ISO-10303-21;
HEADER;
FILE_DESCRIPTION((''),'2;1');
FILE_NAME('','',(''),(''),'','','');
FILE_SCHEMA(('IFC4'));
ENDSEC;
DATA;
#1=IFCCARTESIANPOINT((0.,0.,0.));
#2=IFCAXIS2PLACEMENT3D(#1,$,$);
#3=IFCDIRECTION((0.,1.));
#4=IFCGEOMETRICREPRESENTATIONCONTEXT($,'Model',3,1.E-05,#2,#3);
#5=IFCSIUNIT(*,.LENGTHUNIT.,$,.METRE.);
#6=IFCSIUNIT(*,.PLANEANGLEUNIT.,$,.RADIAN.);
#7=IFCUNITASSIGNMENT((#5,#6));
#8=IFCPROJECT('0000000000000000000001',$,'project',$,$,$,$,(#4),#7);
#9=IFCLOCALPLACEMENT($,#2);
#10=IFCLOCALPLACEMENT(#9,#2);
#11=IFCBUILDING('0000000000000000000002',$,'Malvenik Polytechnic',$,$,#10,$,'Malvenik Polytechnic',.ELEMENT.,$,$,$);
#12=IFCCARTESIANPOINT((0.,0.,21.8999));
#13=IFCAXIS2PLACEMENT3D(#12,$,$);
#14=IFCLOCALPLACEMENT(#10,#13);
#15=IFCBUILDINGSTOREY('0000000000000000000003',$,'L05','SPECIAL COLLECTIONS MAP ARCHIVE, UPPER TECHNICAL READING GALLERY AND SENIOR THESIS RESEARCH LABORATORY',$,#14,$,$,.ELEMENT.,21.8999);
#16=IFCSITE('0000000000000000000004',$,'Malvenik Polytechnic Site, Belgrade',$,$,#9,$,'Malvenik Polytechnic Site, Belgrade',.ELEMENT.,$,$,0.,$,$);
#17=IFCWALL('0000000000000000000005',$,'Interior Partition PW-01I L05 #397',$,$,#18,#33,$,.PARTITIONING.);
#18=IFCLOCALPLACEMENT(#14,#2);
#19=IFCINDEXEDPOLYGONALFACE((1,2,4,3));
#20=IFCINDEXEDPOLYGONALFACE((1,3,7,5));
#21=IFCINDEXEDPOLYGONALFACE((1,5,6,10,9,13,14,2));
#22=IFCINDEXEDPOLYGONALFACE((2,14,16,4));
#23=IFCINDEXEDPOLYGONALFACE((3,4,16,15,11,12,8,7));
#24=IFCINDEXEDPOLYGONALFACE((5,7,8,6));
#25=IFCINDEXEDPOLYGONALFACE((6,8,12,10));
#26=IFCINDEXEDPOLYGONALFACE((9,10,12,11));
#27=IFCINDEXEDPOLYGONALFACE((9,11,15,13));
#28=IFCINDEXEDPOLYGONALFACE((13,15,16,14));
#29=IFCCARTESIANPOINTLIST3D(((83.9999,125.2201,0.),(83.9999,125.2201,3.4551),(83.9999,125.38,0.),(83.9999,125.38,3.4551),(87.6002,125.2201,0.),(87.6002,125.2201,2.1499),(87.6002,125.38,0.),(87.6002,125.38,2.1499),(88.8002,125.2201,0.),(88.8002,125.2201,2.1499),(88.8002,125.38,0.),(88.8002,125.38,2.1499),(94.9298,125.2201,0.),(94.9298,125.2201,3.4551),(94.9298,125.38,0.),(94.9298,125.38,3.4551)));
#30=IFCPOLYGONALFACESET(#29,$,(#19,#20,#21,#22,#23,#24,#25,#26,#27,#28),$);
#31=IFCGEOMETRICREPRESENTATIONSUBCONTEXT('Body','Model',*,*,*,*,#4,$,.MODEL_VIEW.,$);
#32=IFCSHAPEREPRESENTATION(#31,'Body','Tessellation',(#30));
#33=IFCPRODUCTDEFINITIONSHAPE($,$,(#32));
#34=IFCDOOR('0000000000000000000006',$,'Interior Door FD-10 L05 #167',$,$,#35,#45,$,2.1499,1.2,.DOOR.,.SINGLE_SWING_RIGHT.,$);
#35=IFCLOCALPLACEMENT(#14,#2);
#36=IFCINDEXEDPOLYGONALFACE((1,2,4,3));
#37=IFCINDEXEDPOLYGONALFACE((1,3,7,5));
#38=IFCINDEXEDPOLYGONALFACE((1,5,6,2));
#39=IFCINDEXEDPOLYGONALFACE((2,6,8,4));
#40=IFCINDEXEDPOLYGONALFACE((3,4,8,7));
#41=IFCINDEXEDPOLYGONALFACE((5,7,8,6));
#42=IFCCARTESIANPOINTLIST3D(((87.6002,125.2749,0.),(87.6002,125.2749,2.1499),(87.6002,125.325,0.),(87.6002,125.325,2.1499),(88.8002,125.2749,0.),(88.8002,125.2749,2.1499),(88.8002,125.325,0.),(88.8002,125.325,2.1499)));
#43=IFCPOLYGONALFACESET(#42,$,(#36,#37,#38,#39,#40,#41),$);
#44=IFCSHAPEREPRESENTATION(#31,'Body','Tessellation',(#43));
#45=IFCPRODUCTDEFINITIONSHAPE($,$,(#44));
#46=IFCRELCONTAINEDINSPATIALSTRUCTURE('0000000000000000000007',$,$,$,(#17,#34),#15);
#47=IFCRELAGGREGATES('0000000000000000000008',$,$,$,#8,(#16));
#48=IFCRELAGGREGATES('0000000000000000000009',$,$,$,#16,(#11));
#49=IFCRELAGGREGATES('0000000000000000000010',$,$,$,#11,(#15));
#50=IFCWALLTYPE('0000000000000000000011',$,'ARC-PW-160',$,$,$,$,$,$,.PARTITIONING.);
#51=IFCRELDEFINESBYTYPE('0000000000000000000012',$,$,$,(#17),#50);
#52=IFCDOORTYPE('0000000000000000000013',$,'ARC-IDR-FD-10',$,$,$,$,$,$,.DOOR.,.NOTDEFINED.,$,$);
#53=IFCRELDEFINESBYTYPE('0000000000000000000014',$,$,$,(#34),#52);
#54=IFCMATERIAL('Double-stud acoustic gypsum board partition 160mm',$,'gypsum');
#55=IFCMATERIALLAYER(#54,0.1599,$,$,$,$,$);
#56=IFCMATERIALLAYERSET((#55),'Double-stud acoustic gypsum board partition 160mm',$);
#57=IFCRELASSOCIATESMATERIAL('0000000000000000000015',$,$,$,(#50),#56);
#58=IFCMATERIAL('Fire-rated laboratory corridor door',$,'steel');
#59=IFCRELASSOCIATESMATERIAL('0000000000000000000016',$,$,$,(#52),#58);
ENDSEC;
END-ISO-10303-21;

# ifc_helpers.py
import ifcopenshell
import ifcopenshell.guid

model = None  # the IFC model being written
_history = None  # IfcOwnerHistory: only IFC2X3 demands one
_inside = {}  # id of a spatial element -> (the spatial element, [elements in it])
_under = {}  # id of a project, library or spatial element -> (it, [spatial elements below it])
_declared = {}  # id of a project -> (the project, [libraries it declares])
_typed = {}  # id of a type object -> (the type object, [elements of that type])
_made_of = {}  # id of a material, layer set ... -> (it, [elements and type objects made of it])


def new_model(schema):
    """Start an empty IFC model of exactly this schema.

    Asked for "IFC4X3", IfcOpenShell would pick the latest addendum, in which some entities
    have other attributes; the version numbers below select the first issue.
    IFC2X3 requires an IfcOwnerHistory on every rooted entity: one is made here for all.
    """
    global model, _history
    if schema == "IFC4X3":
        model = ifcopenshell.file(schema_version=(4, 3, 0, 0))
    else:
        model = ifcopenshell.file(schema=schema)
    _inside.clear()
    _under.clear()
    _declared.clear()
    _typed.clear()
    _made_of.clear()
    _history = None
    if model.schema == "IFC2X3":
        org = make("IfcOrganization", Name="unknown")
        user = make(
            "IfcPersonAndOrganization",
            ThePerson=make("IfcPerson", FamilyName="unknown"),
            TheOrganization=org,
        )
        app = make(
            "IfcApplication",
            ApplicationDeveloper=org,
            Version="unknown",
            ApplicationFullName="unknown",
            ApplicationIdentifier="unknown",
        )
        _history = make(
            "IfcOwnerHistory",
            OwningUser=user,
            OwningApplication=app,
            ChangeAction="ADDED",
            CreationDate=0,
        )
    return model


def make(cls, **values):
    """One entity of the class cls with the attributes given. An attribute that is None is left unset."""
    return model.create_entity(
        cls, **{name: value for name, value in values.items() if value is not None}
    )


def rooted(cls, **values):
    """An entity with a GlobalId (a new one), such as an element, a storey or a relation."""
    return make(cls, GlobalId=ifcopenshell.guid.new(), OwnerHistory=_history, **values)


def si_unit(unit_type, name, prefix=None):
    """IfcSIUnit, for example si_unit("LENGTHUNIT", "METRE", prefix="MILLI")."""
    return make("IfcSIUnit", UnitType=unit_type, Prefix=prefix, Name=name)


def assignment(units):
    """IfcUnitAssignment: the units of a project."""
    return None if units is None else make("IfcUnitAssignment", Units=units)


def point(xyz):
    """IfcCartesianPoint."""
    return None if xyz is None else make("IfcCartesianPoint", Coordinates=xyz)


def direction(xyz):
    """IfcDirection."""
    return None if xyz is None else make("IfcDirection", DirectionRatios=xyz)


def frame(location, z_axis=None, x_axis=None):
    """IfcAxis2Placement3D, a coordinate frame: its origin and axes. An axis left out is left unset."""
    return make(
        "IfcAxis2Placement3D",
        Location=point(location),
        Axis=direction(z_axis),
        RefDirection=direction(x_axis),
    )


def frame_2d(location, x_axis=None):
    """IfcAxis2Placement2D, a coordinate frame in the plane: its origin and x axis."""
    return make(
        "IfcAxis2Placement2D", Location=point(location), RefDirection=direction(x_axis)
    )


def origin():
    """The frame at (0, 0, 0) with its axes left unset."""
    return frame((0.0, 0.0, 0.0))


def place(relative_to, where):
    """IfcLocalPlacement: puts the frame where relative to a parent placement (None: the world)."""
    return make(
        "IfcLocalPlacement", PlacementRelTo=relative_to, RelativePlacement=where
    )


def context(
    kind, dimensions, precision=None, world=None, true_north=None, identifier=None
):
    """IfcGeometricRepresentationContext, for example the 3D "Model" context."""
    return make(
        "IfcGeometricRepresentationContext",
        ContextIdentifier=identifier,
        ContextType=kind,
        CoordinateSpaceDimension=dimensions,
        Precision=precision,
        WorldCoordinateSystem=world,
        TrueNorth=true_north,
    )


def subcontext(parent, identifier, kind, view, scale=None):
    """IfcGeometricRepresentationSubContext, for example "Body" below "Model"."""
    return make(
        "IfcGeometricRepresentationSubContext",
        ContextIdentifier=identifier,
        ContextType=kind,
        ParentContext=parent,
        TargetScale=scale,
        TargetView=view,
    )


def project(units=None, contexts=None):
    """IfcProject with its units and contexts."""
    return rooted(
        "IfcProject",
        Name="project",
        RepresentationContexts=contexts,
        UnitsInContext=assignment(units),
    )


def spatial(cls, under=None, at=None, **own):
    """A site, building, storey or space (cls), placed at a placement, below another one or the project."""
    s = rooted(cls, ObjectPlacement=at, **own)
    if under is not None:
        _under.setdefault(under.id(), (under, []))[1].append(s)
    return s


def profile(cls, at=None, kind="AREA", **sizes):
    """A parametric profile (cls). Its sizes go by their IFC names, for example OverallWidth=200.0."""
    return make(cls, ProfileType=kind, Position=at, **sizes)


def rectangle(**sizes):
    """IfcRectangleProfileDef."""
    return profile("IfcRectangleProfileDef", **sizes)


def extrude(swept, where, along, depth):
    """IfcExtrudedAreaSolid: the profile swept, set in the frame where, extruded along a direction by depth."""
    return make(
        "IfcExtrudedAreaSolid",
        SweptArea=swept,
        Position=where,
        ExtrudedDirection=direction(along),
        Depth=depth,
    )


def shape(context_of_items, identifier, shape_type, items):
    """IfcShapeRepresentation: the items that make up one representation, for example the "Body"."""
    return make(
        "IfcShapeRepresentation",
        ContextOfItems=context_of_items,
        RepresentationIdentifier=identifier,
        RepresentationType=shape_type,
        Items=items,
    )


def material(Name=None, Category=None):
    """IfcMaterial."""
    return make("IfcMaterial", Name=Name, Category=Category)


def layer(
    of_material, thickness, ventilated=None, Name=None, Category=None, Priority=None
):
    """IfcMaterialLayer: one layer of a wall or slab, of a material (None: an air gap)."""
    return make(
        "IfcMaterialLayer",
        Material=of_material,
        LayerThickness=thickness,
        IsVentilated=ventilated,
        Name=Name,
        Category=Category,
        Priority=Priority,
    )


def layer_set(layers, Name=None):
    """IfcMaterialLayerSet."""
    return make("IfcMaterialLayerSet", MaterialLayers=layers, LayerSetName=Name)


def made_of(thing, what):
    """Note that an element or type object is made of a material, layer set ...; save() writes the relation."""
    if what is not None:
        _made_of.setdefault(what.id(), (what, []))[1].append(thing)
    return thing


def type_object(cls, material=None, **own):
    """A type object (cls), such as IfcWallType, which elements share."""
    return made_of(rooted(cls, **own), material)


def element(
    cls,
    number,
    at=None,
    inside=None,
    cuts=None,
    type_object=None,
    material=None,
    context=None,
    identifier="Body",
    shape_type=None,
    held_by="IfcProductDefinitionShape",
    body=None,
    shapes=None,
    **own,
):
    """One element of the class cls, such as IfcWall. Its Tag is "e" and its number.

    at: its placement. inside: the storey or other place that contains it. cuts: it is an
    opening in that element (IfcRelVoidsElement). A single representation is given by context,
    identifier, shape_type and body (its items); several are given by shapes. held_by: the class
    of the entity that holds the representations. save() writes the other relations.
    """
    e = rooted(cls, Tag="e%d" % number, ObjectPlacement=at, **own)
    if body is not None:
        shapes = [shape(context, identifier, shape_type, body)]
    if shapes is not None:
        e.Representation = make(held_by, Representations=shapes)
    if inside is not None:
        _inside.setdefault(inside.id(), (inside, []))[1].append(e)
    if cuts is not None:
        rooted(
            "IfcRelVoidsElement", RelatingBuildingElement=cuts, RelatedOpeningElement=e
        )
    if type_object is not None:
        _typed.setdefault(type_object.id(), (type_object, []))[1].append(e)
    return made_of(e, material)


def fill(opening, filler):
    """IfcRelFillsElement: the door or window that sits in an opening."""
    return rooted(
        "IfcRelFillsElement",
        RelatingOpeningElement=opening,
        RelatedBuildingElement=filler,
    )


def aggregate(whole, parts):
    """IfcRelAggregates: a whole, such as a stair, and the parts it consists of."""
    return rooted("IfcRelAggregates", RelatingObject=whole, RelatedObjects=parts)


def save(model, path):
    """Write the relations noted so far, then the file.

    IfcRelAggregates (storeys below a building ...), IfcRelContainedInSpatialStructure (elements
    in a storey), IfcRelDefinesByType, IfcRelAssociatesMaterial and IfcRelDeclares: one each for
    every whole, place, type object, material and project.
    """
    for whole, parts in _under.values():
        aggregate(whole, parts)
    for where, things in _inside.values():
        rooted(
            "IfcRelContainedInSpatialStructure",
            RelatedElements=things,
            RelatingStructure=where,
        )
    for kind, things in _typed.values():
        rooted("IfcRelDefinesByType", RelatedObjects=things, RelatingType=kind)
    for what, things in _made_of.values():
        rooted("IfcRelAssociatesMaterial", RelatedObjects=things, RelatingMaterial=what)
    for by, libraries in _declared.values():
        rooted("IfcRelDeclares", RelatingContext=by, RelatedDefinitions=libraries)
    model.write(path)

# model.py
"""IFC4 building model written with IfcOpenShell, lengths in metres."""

from ifc_helpers import new_model, si_unit, direction, frame, frame_2d, origin, place, context, subcontext, project, spatial, rectangle, extrude, material, layer, layer_set, type_object, element, fill, save


model = new_model("IFC4")

# Units and contexts
model_context = context("Model", 3, precision=1e-05, world=origin(), true_north=direction((0.0, 1.0)))
body_context = subcontext(model_context, "Body", "Model", "MODEL_VIEW")
ifc_project = project(units=[si_unit("LENGTHUNIT", "METRE"), si_unit("PLANEANGLEUNIT", "RADIAN")], contexts=[model_context])

# Site, building, storey
site_placement = place(None, origin())
site = spatial("IfcSite", under=ifc_project, at=site_placement, Name="Malvenik Polytechnic Site, Belgrade", LongName="Malvenik Polytechnic Site, Belgrade", CompositionType="ELEMENT", RefElevation=0.0)
building_placement = place(site_placement, origin())
building = spatial("IfcBuilding", under=site, at=building_placement, Name="Malvenik Polytechnic", LongName="Malvenik Polytechnic", CompositionType="ELEMENT")
storey_placement = place(building_placement, frame((0.0, 0.0, 21.8999)))
storey = spatial("IfcBuildingStorey", under=building, at=storey_placement, Name="L05", Description="SPECIAL COLLECTIONS MAP ARCHIVE, UPPER TECHNICAL READING GALLERY AND SENIOR THESIS RESEARCH LABORATORY", CompositionType="ELEMENT", Elevation=21.8999)

# Wall, opening, door
ifc_material_1 = material(Name="Double-stud acoustic gypsum board partition 160mm", Category="gypsum")
ifc_layer_1 = layer(ifc_material_1, 0.1599)
ifc_layer_set_1 = layer_set([ifc_layer_1], Name="Double-stud acoustic gypsum board partition 160mm")
wall_type_1 = type_object("IfcWallType", Name="ARC-PW-160", PredefinedType="PARTITIONING", material=ifc_layer_set_1)
wall_1_placement = place(storey_placement, frame((84.0, 125.3, 0.0), z_axis=(0.0, 0.0, 1.0), x_axis=(1.0, 0.0, 0.0)))
wall_1 = element("IfcWall", 1, at=wall_1_placement, inside=storey, type_object=wall_type_1, Name="Interior Partition PW-01I L05 #397", PredefinedType="PARTITIONING", context=body_context, shape_type="SweptSolid", body=[
    extrude(rectangle(XDim=10.9299, YDim=0.1599, at=frame_2d((5.4648, 0.0))), origin(), (0.0, 0.0, 1.0), 3.4551),
])
opening_1_placement = place(wall_1_placement, frame((3.6001, 0.0, 0.0)))
opening_1 = element("IfcOpeningElement", 2, at=opening_1_placement, cuts=wall_1, PredefinedType="OPENING", context=body_context, shape_type="SweptSolid", body=[
    extrude(rectangle(XDim=1.2, YDim=2.1499, at=frame_2d((0.6001, 1.075))), frame((0.0, 0.0898, 0.0), z_axis=(0.0, -1.0, 0.0), x_axis=(1.0, 0.0, 0.0)), (0.0, 0.0, 1.0), 0.1799),
])
ifc_material_2 = material(Name="Fire-rated laboratory corridor door", Category="steel")
door_type = type_object("IfcDoorType", Name="ARC-IDR-FD-10", OperationType="NOTDEFINED", PredefinedType="DOOR", material=ifc_material_2)
door_placement = place(opening_1_placement, origin())
door = element("IfcDoor", 3, at=door_placement, inside=storey, type_object=door_type, Name="Interior Door FD-10 L05 #167", OperationType="SINGLE_SWING_RIGHT", OverallHeight=2.1499, OverallWidth=1.2, PredefinedType="DOOR", context=body_context, shape_type="SweptSolid", body=[
    extrude(rectangle(XDim=1.2, YDim=2.1499, at=frame_2d((0.6001, 1.075))), frame((0.0, 0.0249, 0.0), z_axis=(0.0, -1.0, 0.0), x_axis=(1.0, 0.0, 0.0)), (0.0, 0.0, 1.0), 0.05),
])
fill(opening_1, door)

save(model, "model.ifc")
